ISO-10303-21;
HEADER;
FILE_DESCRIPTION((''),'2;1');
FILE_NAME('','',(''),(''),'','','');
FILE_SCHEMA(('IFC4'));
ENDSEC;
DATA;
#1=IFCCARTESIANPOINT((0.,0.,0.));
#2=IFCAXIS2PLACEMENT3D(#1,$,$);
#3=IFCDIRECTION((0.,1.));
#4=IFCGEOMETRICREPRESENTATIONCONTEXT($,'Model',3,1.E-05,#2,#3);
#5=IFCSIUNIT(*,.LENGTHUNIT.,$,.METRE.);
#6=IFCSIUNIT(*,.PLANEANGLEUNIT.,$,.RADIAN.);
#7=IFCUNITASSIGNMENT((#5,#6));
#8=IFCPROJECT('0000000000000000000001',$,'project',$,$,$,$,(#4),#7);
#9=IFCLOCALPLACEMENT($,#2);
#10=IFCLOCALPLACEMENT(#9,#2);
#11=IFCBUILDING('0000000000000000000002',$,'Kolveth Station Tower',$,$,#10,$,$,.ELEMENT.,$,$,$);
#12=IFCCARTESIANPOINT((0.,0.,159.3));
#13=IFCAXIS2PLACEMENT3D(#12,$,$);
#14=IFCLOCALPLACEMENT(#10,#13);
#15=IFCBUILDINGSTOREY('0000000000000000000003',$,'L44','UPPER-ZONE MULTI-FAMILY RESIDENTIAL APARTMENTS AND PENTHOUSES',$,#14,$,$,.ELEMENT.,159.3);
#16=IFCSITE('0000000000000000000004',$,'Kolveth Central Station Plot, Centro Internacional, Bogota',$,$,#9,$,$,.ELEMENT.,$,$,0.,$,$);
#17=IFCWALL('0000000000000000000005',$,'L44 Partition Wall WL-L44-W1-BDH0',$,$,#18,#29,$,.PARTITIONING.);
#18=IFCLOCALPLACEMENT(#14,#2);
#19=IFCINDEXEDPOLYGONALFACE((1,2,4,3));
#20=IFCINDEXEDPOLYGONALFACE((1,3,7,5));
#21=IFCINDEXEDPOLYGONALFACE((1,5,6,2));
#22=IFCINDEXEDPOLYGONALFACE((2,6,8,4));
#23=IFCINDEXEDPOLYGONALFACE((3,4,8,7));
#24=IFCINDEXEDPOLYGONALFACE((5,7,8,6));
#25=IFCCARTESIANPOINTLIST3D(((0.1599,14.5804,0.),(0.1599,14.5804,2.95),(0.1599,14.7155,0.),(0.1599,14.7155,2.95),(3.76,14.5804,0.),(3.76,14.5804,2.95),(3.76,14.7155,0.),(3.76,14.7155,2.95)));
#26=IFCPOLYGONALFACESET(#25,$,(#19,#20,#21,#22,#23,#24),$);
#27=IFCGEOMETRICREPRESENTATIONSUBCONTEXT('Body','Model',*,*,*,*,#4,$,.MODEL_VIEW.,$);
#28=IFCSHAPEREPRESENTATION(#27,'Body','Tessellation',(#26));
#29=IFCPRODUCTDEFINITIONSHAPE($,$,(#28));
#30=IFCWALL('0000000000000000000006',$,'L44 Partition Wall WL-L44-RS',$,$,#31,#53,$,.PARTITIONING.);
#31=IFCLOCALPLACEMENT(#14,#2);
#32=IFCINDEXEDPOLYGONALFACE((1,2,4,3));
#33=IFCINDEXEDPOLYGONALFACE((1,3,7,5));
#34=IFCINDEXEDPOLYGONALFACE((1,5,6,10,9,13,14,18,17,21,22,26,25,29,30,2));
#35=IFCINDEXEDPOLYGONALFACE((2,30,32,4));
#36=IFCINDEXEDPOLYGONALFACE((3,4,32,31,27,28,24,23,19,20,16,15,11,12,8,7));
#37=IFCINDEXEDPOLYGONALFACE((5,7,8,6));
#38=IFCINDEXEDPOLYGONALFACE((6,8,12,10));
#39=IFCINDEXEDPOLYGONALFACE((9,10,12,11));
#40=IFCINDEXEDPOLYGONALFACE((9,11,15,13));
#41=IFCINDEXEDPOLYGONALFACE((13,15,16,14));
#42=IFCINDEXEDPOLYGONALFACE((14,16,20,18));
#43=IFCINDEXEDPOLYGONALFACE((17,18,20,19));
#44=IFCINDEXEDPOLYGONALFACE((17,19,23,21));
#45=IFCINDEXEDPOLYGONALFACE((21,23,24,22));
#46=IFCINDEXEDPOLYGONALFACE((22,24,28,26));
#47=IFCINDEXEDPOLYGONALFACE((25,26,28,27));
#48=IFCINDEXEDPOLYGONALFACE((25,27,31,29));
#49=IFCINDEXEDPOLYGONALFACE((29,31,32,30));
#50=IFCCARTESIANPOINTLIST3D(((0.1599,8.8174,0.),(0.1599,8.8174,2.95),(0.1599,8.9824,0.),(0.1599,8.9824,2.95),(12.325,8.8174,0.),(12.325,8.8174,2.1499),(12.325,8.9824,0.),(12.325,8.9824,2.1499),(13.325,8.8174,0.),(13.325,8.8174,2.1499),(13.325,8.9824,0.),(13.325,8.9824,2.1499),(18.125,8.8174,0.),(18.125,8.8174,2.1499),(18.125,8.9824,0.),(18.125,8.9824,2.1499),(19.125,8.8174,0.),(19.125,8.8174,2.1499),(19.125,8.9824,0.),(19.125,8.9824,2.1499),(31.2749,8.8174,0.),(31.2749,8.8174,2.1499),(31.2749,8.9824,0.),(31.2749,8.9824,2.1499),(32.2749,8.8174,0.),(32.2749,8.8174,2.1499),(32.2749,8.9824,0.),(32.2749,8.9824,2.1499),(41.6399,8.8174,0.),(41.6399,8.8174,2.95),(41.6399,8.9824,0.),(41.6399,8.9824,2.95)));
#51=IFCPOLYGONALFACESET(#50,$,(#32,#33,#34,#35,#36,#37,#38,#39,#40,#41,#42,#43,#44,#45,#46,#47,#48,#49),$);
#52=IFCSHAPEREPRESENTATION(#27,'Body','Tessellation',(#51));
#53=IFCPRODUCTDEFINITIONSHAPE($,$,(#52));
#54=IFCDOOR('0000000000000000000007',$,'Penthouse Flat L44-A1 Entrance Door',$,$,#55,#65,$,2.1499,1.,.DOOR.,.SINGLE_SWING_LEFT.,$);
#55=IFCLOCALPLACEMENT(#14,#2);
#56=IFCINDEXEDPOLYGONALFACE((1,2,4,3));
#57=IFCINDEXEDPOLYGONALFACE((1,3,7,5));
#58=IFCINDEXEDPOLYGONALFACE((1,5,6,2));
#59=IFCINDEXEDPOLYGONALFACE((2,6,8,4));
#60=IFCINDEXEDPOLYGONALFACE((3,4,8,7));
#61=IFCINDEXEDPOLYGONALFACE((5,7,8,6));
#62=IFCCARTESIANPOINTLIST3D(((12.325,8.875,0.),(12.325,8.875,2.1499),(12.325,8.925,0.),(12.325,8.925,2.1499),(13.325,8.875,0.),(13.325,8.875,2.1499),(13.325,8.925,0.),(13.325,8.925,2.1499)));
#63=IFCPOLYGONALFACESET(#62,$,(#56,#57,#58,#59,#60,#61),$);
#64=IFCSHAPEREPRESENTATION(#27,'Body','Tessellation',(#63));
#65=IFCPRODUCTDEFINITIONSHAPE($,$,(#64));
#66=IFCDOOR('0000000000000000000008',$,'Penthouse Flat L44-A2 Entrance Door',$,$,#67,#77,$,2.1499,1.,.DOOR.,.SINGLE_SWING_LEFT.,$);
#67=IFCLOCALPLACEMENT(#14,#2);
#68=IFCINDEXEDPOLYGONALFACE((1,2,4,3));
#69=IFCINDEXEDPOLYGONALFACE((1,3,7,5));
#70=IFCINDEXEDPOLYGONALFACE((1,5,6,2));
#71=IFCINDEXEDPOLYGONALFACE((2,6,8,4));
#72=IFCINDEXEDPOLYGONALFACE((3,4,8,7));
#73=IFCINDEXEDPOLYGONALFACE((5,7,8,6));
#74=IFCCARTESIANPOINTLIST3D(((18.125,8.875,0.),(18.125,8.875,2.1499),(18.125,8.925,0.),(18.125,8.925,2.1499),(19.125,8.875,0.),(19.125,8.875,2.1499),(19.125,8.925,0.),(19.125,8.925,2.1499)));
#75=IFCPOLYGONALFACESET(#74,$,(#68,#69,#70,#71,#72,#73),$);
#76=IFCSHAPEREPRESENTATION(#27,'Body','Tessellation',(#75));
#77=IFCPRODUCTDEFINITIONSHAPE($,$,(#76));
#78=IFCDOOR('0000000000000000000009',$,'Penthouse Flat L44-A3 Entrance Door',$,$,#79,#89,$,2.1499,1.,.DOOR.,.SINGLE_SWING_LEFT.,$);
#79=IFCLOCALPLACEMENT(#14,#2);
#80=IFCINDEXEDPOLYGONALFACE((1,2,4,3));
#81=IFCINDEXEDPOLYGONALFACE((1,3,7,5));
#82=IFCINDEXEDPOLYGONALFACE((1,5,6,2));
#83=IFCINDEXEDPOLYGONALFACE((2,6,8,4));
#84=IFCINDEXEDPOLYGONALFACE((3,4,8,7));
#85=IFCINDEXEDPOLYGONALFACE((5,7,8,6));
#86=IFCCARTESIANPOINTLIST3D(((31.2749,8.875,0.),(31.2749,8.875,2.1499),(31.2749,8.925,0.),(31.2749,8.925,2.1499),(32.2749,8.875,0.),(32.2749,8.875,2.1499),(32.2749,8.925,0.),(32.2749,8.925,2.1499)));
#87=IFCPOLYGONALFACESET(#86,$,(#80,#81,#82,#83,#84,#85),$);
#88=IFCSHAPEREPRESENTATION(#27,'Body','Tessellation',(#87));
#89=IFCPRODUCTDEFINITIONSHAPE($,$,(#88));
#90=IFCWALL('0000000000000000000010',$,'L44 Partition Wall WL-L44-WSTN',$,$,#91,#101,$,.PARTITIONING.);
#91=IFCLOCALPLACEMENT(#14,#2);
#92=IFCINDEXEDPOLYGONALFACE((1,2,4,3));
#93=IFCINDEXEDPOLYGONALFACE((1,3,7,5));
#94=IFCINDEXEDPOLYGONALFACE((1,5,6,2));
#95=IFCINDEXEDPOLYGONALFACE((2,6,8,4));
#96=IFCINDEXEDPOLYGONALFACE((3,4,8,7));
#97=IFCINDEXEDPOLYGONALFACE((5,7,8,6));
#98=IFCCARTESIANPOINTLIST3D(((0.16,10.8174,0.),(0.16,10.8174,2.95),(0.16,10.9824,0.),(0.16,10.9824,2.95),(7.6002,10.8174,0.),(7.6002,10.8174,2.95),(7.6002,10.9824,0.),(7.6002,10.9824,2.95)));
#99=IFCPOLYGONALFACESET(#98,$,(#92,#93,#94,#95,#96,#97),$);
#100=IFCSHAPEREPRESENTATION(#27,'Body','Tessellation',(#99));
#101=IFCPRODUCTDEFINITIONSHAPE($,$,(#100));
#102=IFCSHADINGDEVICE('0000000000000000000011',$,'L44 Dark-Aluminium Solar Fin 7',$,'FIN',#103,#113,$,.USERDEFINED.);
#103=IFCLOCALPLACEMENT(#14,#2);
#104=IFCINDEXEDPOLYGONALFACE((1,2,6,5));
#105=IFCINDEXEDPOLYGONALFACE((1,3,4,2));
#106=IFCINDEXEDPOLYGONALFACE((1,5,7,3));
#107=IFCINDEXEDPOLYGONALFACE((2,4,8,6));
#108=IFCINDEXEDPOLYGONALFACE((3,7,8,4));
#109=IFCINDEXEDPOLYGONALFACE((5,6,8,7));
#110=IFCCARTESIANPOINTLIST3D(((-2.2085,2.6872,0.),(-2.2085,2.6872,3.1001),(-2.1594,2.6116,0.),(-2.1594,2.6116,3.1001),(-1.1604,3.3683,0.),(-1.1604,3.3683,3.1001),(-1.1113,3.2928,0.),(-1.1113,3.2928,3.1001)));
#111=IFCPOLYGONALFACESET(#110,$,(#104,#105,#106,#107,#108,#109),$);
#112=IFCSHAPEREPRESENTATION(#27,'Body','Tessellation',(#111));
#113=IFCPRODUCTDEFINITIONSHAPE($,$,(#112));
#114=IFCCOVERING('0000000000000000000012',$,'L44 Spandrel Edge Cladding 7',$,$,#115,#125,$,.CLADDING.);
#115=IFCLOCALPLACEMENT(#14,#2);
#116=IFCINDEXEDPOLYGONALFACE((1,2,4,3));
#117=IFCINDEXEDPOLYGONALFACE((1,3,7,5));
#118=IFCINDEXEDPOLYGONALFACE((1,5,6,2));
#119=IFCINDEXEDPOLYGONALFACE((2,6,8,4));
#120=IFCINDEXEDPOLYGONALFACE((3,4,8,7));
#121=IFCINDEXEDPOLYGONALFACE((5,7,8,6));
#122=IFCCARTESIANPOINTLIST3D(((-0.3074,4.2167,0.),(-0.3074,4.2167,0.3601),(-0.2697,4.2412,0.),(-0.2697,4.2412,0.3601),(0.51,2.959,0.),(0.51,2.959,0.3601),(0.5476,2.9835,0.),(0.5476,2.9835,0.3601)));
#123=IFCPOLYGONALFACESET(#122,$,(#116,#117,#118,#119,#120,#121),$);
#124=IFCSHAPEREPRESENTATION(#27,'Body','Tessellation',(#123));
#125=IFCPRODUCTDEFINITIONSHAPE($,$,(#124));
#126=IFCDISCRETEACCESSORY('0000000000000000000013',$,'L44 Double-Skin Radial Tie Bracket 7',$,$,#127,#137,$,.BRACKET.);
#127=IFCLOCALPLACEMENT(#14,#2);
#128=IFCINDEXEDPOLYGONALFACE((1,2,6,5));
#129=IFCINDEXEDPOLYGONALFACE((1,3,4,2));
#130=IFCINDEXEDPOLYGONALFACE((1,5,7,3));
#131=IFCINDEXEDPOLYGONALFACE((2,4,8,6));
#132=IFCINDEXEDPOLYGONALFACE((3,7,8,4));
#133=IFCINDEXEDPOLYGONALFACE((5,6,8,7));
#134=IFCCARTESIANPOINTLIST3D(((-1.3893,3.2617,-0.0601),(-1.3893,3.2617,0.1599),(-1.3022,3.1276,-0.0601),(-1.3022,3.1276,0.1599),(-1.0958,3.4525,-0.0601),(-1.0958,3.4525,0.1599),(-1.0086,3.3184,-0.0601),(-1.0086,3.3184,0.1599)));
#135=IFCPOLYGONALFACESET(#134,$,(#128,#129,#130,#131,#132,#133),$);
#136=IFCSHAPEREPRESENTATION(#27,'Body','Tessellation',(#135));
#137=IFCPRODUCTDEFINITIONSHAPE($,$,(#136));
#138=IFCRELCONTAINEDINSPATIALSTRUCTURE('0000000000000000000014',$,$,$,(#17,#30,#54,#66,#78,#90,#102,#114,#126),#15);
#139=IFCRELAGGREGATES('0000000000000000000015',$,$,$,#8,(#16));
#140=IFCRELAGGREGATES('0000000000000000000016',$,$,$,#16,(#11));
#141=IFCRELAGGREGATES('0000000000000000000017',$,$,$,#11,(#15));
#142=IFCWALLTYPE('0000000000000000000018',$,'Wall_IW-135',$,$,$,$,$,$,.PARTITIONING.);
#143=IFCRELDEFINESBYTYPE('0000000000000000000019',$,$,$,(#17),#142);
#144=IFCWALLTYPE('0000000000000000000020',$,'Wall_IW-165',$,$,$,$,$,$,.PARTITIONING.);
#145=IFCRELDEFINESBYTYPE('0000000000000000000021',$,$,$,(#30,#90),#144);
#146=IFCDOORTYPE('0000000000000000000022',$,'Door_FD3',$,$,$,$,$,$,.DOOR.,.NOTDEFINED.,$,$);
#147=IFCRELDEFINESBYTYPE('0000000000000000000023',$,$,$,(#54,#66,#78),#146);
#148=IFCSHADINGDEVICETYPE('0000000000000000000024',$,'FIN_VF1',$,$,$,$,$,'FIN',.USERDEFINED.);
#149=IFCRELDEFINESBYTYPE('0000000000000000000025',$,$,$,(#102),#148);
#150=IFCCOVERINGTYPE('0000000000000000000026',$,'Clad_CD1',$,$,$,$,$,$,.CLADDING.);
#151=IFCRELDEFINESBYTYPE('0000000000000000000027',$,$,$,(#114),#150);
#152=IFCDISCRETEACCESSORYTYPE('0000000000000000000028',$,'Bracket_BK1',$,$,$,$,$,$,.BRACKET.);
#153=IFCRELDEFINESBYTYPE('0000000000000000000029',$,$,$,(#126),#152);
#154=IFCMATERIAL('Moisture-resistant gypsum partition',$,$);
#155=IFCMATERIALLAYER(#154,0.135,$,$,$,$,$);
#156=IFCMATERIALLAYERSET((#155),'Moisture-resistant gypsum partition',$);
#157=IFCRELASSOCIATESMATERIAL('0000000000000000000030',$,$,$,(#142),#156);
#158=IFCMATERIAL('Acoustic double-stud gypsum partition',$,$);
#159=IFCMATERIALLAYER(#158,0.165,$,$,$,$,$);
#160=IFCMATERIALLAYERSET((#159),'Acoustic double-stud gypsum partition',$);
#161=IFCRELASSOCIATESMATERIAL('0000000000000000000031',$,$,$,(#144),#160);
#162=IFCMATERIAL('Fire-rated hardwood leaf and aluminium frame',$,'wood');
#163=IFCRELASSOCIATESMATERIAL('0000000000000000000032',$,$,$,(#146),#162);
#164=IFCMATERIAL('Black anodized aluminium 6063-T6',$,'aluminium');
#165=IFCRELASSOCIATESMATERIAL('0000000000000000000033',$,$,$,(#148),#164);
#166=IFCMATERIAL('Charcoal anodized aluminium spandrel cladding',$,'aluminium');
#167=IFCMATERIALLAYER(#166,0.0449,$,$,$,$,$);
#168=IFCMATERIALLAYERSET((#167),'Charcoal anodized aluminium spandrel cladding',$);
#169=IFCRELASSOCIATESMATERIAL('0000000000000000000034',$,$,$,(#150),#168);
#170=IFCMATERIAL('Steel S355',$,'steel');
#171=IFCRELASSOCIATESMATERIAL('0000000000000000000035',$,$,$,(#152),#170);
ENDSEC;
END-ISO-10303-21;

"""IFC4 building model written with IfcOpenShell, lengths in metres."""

from ifc_helpers import new_model, si_unit, direction, frame, frame_2d, origin, origin_2d, place, context, subcontext, project, spatial, rectangle, extrude, source, transform, mapped, material, layer, layer_set, type_object, element, fill, save


model = new_model("IFC4")

# Units and contexts
model_context = context("Model", 3, precision=1e-05, world=origin(), true_north=direction((0.0, 1.0)))
body_context = subcontext(model_context, "Body", "Model", "MODEL_VIEW")
ifc_project = project(units=[si_unit("LENGTHUNIT", "METRE"), si_unit("PLANEANGLEUNIT", "RADIAN")], contexts=[model_context])

# Site, building, storey
site_placement = place(None, origin())
site = spatial("IfcSite", under=ifc_project, at=site_placement, Name="Kolveth Central Station Plot, Centro Internacional, Bogota", CompositionType="ELEMENT", RefElevation=0.0)
building_placement = place(site_placement, origin())
building = spatial("IfcBuilding", under=site, at=building_placement, Name="Kolveth Station Tower", CompositionType="ELEMENT")
storey_placement = place(building_placement, frame((0.0, 0.0, 159.3)))
storey = spatial("IfcBuildingStorey", under=building, at=storey_placement, Name="L44", Description="UPPER-ZONE MULTI-FAMILY RESIDENTIAL APARTMENTS AND PENTHOUSES", CompositionType="ELEMENT", Elevation=159.3)

# Shared definitions
ifc_material_1 = material(Name="Steel S355", Category="steel")

# Shared definitions
ifc_material_2 = material(Name="Black anodized aluminium 6063-T6", Category="aluminium")

# Shared definitions
ifc_material_3 = material(Name="Moisture-resistant gypsum partition")
ifc_layer_1 = layer(ifc_material_3, 0.135)
ifc_layer_set_1 = layer_set([ifc_layer_1], Name="Moisture-resistant gypsum partition")
wall_type_1 = type_object("IfcWallType", Name="Wall_IW-135", PredefinedType="PARTITIONING", material=ifc_layer_set_1)

# Wall
wall_1_placement = place(storey_placement, frame((0.1599, 14.6479, 0.0), z_axis=(0.0, 0.0, 1.0), x_axis=(1.0, 0.0, 0.0)))
element("IfcWall", 1, at=wall_1_placement, inside=storey, type_object=wall_type_1, Name="L44 Partition Wall WL-L44-W1-BDH0", PredefinedType="PARTITIONING", context=body_context, shape_type="SweptSolid", body=[
    extrude(rectangle(XDim=3.6001, YDim=0.135, at=frame_2d((1.8, 0.0))), origin(), (0.0, 0.0, 1.0), 2.95),
])

# Wall, openings, doors
ifc_material_4 = material(Name="Acoustic double-stud gypsum partition")
ifc_layer_2 = layer(ifc_material_4, 0.165)
ifc_layer_set_2 = layer_set([ifc_layer_2], Name="Acoustic double-stud gypsum partition")
wall_type_2 = type_object("IfcWallType", Name="Wall_IW-165", PredefinedType="PARTITIONING", material=ifc_layer_set_2)
wall_2_placement = place(storey_placement, frame((0.1599, 8.8999, 0.0), z_axis=(0.0, 0.0, 1.0), x_axis=(1.0, 0.0, 0.0)))
wall_2 = element("IfcWall", 2, at=wall_2_placement, inside=storey, type_object=wall_type_2, Name="L44 Partition Wall WL-L44-RS", PredefinedType="PARTITIONING", context=body_context, shape_type="SweptSolid", body=[
    extrude(rectangle(XDim=41.48, YDim=0.165, at=frame_2d((20.74, 0.0))), origin(), (0.0, 0.0, 1.0), 2.95),
])
opening_1_placement = place(wall_2_placement, frame((12.165, 0.0, 0.0)))
opening_1 = element("IfcOpeningElement", 3, at=opening_1_placement, cuts=wall_2, PredefinedType="OPENING", context=body_context, shape_type="SweptSolid", body=[
    extrude(rectangle(XDim=1.0, YDim=2.1499, at=frame_2d((0.5, 1.075))), frame((0.0, 0.0925, 0.0), z_axis=(0.0, -1.0, 0.0), x_axis=(1.0, 0.0, 0.0)), (0.0, 0.0, 1.0), 0.1851),
])
opening_2_placement = place(wall_2_placement, frame((17.9651, 0.0, 0.0)))
opening_2 = element("IfcOpeningElement", 4, at=opening_2_placement, cuts=wall_2, PredefinedType="OPENING", context=body_context, shape_type="SweptSolid", body=[
    extrude(rectangle(XDim=1.0, YDim=2.1499, at=frame_2d((0.5, 1.075))), frame((0.0, 0.0925, 0.0), z_axis=(0.0, -1.0, 0.0), x_axis=(1.0, 0.0, 0.0)), (0.0, 0.0, 1.0), 0.1851),
])
opening_3_placement = place(wall_2_placement, frame((31.115, 0.0, 0.0)))
opening_3 = element("IfcOpeningElement", 5, at=opening_3_placement, cuts=wall_2, PredefinedType="OPENING", context=body_context, shape_type="SweptSolid", body=[
    extrude(rectangle(XDim=1.0, YDim=2.1499, at=frame_2d((0.5, 1.075))), frame((0.0, 0.0925, 0.0), z_axis=(0.0, -1.0, 0.0), x_axis=(1.0, 0.0, 0.0)), (0.0, 0.0, 1.0), 0.1851),
])
ifc_material_5 = material(Name="Fire-rated hardwood leaf and aluminium frame", Category="wood")
door_type_1 = type_object("IfcDoorType", Name="Door_FD3", OperationType="NOTDEFINED", PredefinedType="DOOR", material=ifc_material_5)
door_1_placement = place(opening_1_placement, frame((1.0, 0.0, 0.0), z_axis=(0.0, 0.0, 1.0), x_axis=(-1.0, 0.0, 0.0)))
door_1 = element("IfcDoor", 6, at=door_1_placement, inside=storey, type_object=door_type_1, Name="Penthouse Flat L44-A1 Entrance Door", OperationType="SINGLE_SWING_LEFT", OverallHeight=2.1499, OverallWidth=1.0, PredefinedType="DOOR", context=body_context, shape_type="SweptSolid", body=[
    extrude(rectangle(XDim=1.0, YDim=2.1499, at=frame_2d((0.5, 1.075))), frame((0.0, 0.0249, 0.0), z_axis=(0.0, -1.0, 0.0), x_axis=(1.0, 0.0, 0.0)), (0.0, 0.0, 1.0), 0.05),
])
fill(opening_1, door_1)
door_2_placement = place(opening_2_placement, frame((1.0, 0.0, 0.0), z_axis=(0.0, 0.0, 1.0), x_axis=(-1.0, 0.0, 0.0)))
door_2 = element("IfcDoor", 7, at=door_2_placement, inside=storey, type_object=door_type_1, Name="Penthouse Flat L44-A2 Entrance Door", OperationType="SINGLE_SWING_LEFT", OverallHeight=2.1499, OverallWidth=1.0, PredefinedType="DOOR", context=body_context, shape_type="SweptSolid", body=[
    extrude(rectangle(XDim=1.0, YDim=2.1499, at=frame_2d((0.5, 1.075))), frame((0.0, 0.0249, 0.0), z_axis=(0.0, -1.0, 0.0), x_axis=(1.0, 0.0, 0.0)), (0.0, 0.0, 1.0), 0.05),
])
fill(opening_2, door_2)
door_3_placement = place(opening_3_placement, frame((1.0, 0.0, 0.0), z_axis=(0.0, 0.0, 1.0), x_axis=(-1.0, 0.0, 0.0)))
door_3 = element("IfcDoor", 8, at=door_3_placement, inside=storey, type_object=door_type_1, Name="Penthouse Flat L44-A3 Entrance Door", OperationType="SINGLE_SWING_LEFT", OverallHeight=2.1499, OverallWidth=1.0, PredefinedType="DOOR", context=body_context, shape_type="SweptSolid", body=[
    extrude(rectangle(XDim=1.0, YDim=2.1499, at=frame_2d((0.5, 1.075))), frame((0.0, 0.0249, 0.0), z_axis=(0.0, -1.0, 0.0), x_axis=(1.0, 0.0, 0.0)), (0.0, 0.0, 1.0), 0.05),
])
fill(opening_3, door_3)

# Wall
wall_3_placement = place(storey_placement, frame((0.1599, 10.8999, 0.0), z_axis=(0.0, 0.0, 1.0), x_axis=(1.0, 0.0, 0.0)))
element("IfcWall", 9, at=wall_3_placement, inside=storey, type_object=wall_type_2, Name="L44 Partition Wall WL-L44-WSTN", PredefinedType="PARTITIONING", context=body_context, shape_type="SweptSolid", body=[
    extrude(rectangle(XDim=7.4402, YDim=0.165, at=frame_2d((3.7202, 0.0))), origin(), (0.0, 0.0, 1.0), 2.95),
])

# Shading device
shading_device_type = type_object("IfcShadingDeviceType", Name="FIN_VF1", ElementType="FIN", PredefinedType="USERDEFINED", material=ifc_material_2)
shared_shape_1 = source(origin(), body_context, "Body", "SweptSolid", [
    extrude(rectangle(XDim=1.25, YDim=0.0901, at=origin_2d()), origin(), (0.0, 0.0, 1.0), 3.1001),
])
shading_device_placement = place(storey_placement, frame((-1.6599, 2.99, 0.0), z_axis=(0.0, 0.0, 1.0), x_axis=(-0.83848, -0.544932, 0.0)))
element("IfcShadingDevice", 10, at=shading_device_placement, inside=storey, type_object=shading_device_type, Name="L44 Dark-Aluminium Solar Fin 7", ObjectType="FIN", PredefinedType="USERDEFINED", context=body_context, shape_type="MappedRepresentation", body=[
    mapped(shared_shape_1, transform((0.0, 0.0, 0.0), x_axis=(1.0, 0.0, 0.0), y_axis=(0.0, 1.0, 0.0), z_axis=(0.0, 0.0, 1.0), scale=1.0)),
])

# Covering
ifc_material_6 = material(Name="Charcoal anodized aluminium spandrel cladding", Category="aluminium")
ifc_layer_3 = layer(ifc_material_6, 0.0449)
ifc_layer_set_3 = layer_set([ifc_layer_3], Name="Charcoal anodized aluminium spandrel cladding")
covering_type = type_object("IfcCoveringType", Name="Clad_CD1", PredefinedType="CLADDING", material=ifc_layer_set_3)
shared_shape_2 = source(origin(), body_context, "Body", "SweptSolid", [
    extrude(rectangle(XDim=1.5, YDim=0.0449, at=origin_2d()), origin(), (0.0, 0.0, 1.0), 0.3601),
])
covering_placement = place(storey_placement, frame((0.1201, 3.6001, 0.0), z_axis=(0.0, 0.0, 1.0), x_axis=(0.544932, -0.83848, 0.0)))
element("IfcCovering", 11, at=covering_placement, inside=storey, type_object=covering_type, Name="L44 Spandrel Edge Cladding 7", PredefinedType="CLADDING", context=body_context, shape_type="MappedRepresentation", body=[
    mapped(shared_shape_2, transform((0.0, 0.0, 0.0), x_axis=(1.0, 0.0, 0.0), y_axis=(0.0, 1.0, 0.0), z_axis=(0.0, 0.0, 1.0), scale=1.0)),
])

# Discrete accessory
discrete_accessory_type = type_object("IfcDiscreteAccessoryType", Name="Bracket_BK1", PredefinedType="BRACKET", material=ifc_material_1)
shared_shape_3 = source(origin(), body_context, "Body", "SweptSolid", [
    extrude(rectangle(XDim=0.3501, YDim=0.1599, at=origin_2d()), origin(), (0.0, 0.0, 1.0), 0.22),
])
discrete_accessory_placement = place(storey_placement, frame((-1.199, 3.29, -0.0601), z_axis=(0.0, 0.0, 1.0), x_axis=(-0.83848, -0.544932, 0.0)))
element("IfcDiscreteAccessory", 12, at=discrete_accessory_placement, inside=storey, type_object=discrete_accessory_type, Name="L44 Double-Skin Radial Tie Bracket 7", PredefinedType="BRACKET", context=body_context, shape_type="MappedRepresentation", body=[
    mapped(shared_shape_3, transform((0.0, 0.0, 0.0), x_axis=(1.0, 0.0, 0.0), y_axis=(0.0, 1.0, 0.0), z_axis=(0.0, 0.0, 1.0), scale=1.0)),
])

save(model, "model.ifc")
